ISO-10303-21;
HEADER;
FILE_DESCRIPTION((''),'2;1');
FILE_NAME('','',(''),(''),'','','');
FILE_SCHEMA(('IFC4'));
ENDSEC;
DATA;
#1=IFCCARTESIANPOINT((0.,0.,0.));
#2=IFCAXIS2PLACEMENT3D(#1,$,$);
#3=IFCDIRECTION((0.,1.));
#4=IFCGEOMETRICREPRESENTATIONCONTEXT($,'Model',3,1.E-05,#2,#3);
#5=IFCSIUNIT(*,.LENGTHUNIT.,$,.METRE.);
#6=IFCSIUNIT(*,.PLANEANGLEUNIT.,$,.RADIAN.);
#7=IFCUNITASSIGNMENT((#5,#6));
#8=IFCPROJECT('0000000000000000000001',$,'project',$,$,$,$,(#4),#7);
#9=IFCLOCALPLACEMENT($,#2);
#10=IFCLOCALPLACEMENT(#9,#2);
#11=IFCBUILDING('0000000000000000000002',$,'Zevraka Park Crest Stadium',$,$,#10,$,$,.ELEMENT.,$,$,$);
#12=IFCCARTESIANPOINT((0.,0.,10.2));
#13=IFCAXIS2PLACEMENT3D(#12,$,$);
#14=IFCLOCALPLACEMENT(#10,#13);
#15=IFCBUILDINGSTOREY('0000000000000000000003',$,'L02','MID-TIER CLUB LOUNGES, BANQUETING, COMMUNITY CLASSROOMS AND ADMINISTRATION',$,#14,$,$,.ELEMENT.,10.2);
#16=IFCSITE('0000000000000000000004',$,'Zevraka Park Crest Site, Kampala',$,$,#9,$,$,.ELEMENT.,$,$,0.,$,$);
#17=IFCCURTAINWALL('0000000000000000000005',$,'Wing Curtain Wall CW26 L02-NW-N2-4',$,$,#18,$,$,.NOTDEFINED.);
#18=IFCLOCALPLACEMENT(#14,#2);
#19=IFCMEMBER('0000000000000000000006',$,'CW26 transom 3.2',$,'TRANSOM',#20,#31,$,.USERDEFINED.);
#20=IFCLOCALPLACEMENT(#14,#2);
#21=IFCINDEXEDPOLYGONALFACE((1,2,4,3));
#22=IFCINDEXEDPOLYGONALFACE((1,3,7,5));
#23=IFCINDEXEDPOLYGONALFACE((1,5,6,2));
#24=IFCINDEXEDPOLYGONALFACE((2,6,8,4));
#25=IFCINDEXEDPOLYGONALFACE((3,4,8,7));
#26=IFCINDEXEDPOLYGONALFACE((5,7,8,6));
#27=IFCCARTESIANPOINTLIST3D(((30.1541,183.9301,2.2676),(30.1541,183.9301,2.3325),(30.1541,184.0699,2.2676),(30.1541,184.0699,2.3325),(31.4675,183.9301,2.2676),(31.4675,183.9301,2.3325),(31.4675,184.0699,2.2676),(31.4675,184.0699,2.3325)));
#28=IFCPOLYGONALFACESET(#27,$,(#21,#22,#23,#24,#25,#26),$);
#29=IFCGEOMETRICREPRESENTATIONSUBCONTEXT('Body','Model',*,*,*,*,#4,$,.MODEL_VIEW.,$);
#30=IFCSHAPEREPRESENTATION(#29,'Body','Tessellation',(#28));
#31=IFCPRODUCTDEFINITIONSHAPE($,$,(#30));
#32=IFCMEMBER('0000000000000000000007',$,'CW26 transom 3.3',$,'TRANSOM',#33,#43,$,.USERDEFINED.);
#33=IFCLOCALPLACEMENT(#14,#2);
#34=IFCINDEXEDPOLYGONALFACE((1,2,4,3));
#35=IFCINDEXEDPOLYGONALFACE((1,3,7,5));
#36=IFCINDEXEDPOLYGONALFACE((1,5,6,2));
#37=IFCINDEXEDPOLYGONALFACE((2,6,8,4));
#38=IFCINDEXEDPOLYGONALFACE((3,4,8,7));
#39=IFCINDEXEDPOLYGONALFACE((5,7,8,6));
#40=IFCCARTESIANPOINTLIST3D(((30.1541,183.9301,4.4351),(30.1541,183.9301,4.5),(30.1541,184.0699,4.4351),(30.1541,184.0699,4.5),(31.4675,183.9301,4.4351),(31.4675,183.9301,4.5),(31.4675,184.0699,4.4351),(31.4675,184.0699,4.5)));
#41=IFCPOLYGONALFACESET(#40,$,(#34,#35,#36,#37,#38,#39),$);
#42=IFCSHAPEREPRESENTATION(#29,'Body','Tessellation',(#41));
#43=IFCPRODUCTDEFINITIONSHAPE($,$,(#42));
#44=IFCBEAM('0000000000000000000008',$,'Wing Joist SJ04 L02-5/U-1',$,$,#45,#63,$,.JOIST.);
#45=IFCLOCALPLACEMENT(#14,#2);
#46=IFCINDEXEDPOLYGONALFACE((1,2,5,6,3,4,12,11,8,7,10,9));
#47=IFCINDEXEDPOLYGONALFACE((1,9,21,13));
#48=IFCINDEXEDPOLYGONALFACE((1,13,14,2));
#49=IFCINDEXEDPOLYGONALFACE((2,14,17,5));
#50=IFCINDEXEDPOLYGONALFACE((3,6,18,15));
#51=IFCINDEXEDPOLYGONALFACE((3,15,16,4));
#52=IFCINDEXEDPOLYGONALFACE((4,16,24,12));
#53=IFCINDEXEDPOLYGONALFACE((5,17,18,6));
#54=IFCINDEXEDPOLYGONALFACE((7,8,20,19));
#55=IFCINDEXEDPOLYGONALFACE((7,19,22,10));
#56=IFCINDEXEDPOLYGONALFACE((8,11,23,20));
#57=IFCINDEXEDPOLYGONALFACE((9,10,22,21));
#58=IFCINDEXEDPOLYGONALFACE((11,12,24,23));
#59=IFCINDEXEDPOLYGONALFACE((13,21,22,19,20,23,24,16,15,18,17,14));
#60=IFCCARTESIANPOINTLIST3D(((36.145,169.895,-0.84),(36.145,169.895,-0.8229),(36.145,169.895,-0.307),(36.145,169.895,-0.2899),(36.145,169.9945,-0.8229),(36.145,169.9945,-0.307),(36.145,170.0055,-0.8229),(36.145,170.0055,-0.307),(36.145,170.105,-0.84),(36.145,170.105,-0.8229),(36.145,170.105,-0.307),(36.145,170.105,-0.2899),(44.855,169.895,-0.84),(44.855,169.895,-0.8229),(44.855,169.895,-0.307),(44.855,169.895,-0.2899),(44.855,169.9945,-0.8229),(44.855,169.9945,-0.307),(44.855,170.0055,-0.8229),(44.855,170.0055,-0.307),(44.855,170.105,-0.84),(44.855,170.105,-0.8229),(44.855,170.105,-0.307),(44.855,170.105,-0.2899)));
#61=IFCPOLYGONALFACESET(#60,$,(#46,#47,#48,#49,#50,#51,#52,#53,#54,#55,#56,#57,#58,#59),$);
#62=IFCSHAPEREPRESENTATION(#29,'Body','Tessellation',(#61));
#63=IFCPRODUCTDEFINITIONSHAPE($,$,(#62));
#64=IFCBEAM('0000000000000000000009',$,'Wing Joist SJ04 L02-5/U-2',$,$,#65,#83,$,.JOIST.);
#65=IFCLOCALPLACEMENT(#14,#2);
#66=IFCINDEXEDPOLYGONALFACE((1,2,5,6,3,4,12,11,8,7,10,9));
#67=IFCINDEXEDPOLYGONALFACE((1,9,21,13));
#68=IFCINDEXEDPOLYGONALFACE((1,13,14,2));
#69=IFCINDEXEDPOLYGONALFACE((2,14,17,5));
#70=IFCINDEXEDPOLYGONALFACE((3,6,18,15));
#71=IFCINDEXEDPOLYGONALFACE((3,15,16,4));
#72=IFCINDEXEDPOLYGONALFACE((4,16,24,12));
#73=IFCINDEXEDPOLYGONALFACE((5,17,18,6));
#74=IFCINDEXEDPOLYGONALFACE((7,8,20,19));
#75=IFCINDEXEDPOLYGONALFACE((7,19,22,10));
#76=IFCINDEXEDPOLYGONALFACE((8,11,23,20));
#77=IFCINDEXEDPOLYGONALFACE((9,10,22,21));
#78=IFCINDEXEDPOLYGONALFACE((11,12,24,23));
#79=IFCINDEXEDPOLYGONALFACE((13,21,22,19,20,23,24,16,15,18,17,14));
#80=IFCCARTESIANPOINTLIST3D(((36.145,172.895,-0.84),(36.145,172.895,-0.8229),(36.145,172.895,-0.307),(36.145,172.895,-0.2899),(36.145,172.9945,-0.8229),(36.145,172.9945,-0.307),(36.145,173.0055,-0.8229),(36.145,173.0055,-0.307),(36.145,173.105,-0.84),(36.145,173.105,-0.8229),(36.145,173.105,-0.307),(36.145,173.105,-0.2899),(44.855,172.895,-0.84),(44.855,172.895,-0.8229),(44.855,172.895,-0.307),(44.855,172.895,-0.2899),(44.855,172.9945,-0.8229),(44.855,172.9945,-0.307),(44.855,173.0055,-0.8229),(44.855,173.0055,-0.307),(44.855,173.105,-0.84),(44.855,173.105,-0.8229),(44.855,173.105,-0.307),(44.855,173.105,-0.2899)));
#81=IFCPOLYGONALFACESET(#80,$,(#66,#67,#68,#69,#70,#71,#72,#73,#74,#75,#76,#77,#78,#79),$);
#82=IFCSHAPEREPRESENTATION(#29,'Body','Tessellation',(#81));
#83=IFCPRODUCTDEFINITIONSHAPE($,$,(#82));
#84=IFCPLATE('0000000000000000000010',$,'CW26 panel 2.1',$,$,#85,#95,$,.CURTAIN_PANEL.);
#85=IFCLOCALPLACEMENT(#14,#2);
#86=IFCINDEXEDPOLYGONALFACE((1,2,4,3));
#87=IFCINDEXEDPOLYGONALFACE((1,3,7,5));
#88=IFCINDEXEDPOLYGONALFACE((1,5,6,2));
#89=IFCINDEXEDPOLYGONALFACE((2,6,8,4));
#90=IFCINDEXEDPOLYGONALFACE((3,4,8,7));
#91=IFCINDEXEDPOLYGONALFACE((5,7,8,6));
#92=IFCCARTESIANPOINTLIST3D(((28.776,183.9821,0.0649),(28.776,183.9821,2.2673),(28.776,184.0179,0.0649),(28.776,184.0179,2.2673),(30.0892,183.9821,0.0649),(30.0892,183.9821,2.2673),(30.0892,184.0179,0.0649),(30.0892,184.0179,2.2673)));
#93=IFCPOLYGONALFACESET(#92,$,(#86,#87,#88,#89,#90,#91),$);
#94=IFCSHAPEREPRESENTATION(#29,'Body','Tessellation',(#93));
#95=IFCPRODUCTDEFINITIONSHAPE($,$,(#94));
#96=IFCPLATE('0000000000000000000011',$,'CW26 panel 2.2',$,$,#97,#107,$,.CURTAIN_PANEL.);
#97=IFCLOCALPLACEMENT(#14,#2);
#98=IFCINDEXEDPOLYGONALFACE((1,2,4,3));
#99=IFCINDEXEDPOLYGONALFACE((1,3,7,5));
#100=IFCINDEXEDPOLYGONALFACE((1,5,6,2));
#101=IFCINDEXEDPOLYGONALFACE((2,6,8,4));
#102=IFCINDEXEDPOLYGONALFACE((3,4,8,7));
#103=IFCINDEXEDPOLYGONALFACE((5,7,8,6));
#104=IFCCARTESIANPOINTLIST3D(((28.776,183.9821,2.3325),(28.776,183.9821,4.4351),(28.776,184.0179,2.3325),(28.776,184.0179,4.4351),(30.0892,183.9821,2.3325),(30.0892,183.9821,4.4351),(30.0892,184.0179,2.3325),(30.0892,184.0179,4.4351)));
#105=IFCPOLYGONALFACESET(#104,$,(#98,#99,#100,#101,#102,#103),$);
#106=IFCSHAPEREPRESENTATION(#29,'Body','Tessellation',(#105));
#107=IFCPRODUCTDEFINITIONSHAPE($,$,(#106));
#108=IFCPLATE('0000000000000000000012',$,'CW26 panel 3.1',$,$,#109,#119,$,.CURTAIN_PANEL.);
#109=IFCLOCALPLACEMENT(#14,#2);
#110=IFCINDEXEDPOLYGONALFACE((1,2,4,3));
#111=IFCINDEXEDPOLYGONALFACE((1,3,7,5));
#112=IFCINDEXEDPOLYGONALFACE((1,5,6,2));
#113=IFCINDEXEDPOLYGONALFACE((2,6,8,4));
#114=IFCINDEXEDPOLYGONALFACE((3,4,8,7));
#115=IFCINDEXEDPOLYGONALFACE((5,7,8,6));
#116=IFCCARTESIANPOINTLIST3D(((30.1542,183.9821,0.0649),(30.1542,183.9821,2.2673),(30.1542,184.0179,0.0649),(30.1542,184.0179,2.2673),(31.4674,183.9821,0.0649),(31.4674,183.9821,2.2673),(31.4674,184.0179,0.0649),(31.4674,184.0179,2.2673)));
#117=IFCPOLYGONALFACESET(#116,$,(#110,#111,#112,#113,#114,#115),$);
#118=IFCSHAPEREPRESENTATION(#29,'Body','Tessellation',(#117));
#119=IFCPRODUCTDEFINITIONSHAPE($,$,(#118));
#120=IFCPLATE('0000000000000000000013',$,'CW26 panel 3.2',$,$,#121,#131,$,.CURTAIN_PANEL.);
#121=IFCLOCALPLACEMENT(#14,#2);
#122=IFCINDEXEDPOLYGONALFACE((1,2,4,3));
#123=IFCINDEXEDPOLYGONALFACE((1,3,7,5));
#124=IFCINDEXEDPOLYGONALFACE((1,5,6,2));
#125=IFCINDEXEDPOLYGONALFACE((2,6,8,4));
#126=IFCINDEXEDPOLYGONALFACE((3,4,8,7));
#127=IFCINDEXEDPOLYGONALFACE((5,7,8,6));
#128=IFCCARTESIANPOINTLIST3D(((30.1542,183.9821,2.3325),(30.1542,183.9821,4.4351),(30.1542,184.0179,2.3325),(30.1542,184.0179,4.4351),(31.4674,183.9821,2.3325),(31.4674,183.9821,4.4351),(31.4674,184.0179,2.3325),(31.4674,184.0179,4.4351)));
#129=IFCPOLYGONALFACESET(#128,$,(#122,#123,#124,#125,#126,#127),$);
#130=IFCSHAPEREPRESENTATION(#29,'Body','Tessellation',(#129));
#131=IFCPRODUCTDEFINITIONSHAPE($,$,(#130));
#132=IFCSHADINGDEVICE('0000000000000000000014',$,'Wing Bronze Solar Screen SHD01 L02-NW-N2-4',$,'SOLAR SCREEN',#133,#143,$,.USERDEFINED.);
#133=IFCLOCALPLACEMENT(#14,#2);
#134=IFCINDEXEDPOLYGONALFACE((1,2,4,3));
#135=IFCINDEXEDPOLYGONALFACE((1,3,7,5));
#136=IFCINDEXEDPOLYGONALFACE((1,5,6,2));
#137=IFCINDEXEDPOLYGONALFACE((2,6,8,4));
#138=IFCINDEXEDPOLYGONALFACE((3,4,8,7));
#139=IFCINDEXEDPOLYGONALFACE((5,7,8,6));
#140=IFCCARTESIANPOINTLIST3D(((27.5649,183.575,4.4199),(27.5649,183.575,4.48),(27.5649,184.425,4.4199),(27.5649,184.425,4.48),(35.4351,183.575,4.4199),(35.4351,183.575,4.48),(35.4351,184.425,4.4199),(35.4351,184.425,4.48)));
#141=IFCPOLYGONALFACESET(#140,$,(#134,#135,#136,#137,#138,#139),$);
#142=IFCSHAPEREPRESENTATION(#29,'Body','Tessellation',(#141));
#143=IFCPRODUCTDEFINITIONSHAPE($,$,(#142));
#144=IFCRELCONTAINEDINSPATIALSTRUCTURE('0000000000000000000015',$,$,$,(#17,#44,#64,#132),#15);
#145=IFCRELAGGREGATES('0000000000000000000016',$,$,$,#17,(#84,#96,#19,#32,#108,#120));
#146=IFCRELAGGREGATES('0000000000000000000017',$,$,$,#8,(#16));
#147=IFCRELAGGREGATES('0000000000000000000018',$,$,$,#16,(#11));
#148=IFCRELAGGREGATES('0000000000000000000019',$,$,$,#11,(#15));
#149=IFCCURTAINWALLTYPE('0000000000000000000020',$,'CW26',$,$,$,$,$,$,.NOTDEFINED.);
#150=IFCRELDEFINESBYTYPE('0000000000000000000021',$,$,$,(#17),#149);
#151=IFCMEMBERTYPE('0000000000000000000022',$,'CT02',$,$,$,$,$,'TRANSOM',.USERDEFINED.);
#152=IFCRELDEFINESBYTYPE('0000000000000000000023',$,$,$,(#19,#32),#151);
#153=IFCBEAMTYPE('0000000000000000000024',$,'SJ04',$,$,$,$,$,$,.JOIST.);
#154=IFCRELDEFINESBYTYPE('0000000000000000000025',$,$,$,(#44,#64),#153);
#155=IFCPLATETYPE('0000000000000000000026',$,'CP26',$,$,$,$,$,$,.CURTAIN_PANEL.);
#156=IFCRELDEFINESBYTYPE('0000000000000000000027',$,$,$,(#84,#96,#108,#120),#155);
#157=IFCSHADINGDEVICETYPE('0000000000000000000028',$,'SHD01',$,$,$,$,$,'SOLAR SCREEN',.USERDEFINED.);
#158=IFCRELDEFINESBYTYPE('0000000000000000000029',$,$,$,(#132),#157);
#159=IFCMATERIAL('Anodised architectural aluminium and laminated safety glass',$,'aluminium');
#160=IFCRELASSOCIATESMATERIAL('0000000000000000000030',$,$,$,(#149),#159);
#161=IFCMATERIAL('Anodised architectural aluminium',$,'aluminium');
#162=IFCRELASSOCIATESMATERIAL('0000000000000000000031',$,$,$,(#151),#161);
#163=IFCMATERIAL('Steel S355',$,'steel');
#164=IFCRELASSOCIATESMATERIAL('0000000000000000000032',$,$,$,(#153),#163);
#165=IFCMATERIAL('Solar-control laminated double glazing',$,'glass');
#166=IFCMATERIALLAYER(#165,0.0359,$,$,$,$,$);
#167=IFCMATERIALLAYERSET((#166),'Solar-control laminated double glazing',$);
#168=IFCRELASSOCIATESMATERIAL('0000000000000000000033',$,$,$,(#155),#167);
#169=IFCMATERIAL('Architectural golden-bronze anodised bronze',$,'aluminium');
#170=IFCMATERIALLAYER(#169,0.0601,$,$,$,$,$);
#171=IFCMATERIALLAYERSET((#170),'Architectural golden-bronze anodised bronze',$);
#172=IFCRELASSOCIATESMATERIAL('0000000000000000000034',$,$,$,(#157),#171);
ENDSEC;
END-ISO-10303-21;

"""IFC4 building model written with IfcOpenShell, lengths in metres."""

from ifc_helpers import new_model, si_unit, direction, frame, origin, origin_2d, place, context, subcontext, project, spatial, rectangle, i_section, extrude, material, layer, layer_set, material_profile, profile_set, type_object, element, aggregate, save


model = new_model("IFC4")

# Units and contexts
model_context = context("Model", 3, precision=1e-05, world=origin(), true_north=direction((0.0, 1.0)))
body_context = subcontext(model_context, "Body", "Model", "MODEL_VIEW")
ifc_project = project(units=[si_unit("LENGTHUNIT", "METRE"), si_unit("PLANEANGLEUNIT", "RADIAN")], contexts=[model_context])

# Site, building, storey
site_placement = place(None, origin())
site = spatial("IfcSite", under=ifc_project, at=site_placement, Name="Zevraka Park Crest Site, Kampala", CompositionType="ELEMENT", RefElevation=0.0)
building_placement = place(site_placement, origin())
building = spatial("IfcBuilding", under=site, at=building_placement, Name="Zevraka Park Crest Stadium", CompositionType="ELEMENT")
storey_placement = place(building_placement, frame((0.0, 0.0, 10.2)))
storey = spatial("IfcBuildingStorey", under=building, at=storey_placement, Name="L02", Description="MID-TIER CLUB LOUNGES, BANQUETING, COMMUNITY CLASSROOMS AND ADMINISTRATION", CompositionType="ELEMENT", Elevation=10.2)

# Curtain wall, members
ifc_material_1 = material(Name="Anodised architectural aluminium and laminated safety glass", Category="aluminium")
curtain_wall_type = type_object("IfcCurtainWallType", Name="CW26", PredefinedType="NOTDEFINED", material=ifc_material_1)
curtain_wall_placement = place(storey_placement, origin())
curtain_wall = element("IfcCurtainWall", 1, at=curtain_wall_placement, inside=storey, type_object=curtain_wall_type, Name="Wing Curtain Wall CW26 L02-NW-N2-4", PredefinedType="NOTDEFINED")
ifc_material_2 = material(Name="Anodised architectural aluminium", Category="aluminium")
ifc_material_profile_1 = material_profile(ifc_material_2, rectangle(XDim=0.1399, YDim=0.0649, at=origin_2d()), Name="ALU TRANSOM 140x65")
ifc_profile_set_1 = profile_set([ifc_material_profile_1], Name="Anodised architectural aluminium")
member_type_1 = type_object("IfcMemberType", Name="CT02", ElementType="TRANSOM", PredefinedType="USERDEFINED", material=ifc_profile_set_1)
member_1_placement = place(storey_placement, frame((30.1541, 184.0, 2.3), z_axis=(1.0, 0.0, 0.0), x_axis=(0.0, 1.0, 0.0)))
member_1 = element("IfcMember", 2, at=member_1_placement, type_object=member_type_1, Name="CW26 transom 3.2", ObjectType="TRANSOM", PredefinedType="USERDEFINED", context=body_context, shape_type="SweptSolid", body=[
    extrude(rectangle(XDim=0.1399, YDim=0.0649, at=origin_2d()), origin(), (0.0, 0.0, 1.0), 1.3135),
])
member_2_placement = place(storey_placement, frame((30.1541, 184.0, 4.4675), z_axis=(1.0, 0.0, 0.0), x_axis=(0.0, 1.0, 0.0)))
member_2 = element("IfcMember", 3, at=member_2_placement, type_object=member_type_1, Name="CW26 transom 3.3", ObjectType="TRANSOM", PredefinedType="USERDEFINED", context=body_context, shape_type="SweptSolid", body=[
    extrude(rectangle(XDim=0.1399, YDim=0.0649, at=origin_2d()), origin(), (0.0, 0.0, 1.0), 1.3135),
])

# Beams
ifc_material_3 = material(Name="Steel S355", Category="steel")
ifc_material_profile_2 = material_profile(ifc_material_3, i_section(OverallWidth=0.21, OverallDepth=0.55, WebThickness=0.011, FlangeThickness=0.0171, at=origin_2d()), Name="IPE 550")
ifc_profile_set_2 = profile_set([ifc_material_profile_2], Name="Steel S355")
beam_type_1 = type_object("IfcBeamType", Name="SJ04", PredefinedType="JOIST", material=ifc_profile_set_2)
for number, where, z_axis, x_axis, name in (
    (4, (36.145, 170.0, -0.5649), (1.0, 0.0, 0.0), (0.0, 1.0, 0.0), "Wing Joist SJ04 L02-5/U-1"),
    (5, (36.145, 173.0, -0.5649), (1.0, 0.0, 0.0), (0.0, 1.0, 0.0), "Wing Joist SJ04 L02-5/U-2"),
):
    element("IfcBeam", number, at=place(storey_placement, frame(where, z_axis=z_axis, x_axis=x_axis)), inside=storey, type_object=beam_type_1, Name=name, PredefinedType="JOIST", context=body_context, shape_type="SweptSolid", body=[
        extrude(i_section(OverallWidth=0.21, OverallDepth=0.55, WebThickness=0.011, FlangeThickness=0.0171, at=origin_2d()), origin(), (0.0, 0.0, 1.0), 8.71),
    ])

# Plates
ifc_material_4 = material(Name="Solar-control laminated double glazing", Category="glass")
ifc_layer_1 = layer(ifc_material_4, 0.0359)
ifc_layer_set_1 = layer_set([ifc_layer_1], Name="Solar-control laminated double glazing")
plate_type = type_object("IfcPlateType", Name="CP26", PredefinedType="CURTAIN_PANEL", material=ifc_layer_set_1)
plate_1_placement = place(storey_placement, frame((29.4326, 184.0, 0.0649), z_axis=(0.0, 0.0, 1.0), x_axis=(1.0, 0.0, 0.0)))
plate_1 = element("IfcPlate", 6, at=plate_1_placement, type_object=plate_type, Name="CW26 panel 2.1", PredefinedType="CURTAIN_PANEL", context=body_context, shape_type="SweptSolid", body=[
    extrude(rectangle(XDim=1.3132, YDim=0.0359, at=origin_2d()), origin(), (0.0, 0.0, 1.0), 2.2024),
])
plate_2_placement = place(storey_placement, frame((29.4326, 184.0, 2.3325), z_axis=(0.0, 0.0, 1.0), x_axis=(1.0, 0.0, 0.0)))
plate_2 = element("IfcPlate", 7, at=plate_2_placement, type_object=plate_type, Name="CW26 panel 2.2", PredefinedType="CURTAIN_PANEL", context=body_context, shape_type="SweptSolid", body=[
    extrude(rectangle(XDim=1.3132, YDim=0.0359, at=origin_2d()), origin(), (0.0, 0.0, 1.0), 2.1025),
])
plate_3_placement = place(storey_placement, frame((30.8108, 184.0, 0.0649), z_axis=(0.0, 0.0, 1.0), x_axis=(1.0, 0.0, 0.0)))
plate_3 = element("IfcPlate", 8, at=plate_3_placement, type_object=plate_type, Name="CW26 panel 3.1", PredefinedType="CURTAIN_PANEL", context=body_context, shape_type="SweptSolid", body=[
    extrude(rectangle(XDim=1.3132, YDim=0.0359, at=origin_2d()), origin(), (0.0, 0.0, 1.0), 2.2024),
])
plate_4_placement = place(storey_placement, frame((30.8108, 184.0, 2.3325), z_axis=(0.0, 0.0, 1.0), x_axis=(1.0, 0.0, 0.0)))
plate_4 = element("IfcPlate", 9, at=plate_4_placement, type_object=plate_type, Name="CW26 panel 3.2", PredefinedType="CURTAIN_PANEL", context=body_context, shape_type="SweptSolid", body=[
    extrude(rectangle(XDim=1.3132, YDim=0.0359, at=origin_2d()), origin(), (0.0, 0.0, 1.0), 2.1025),
])
aggregate(curtain_wall, [plate_1, plate_2, member_1, member_2, plate_3, plate_4])

# Shading device
ifc_material_5 = material(Name="Architectural golden-bronze anodised bronze", Category="aluminium")
ifc_layer_2 = layer(ifc_material_5, 0.0601)
ifc_layer_set_2 = layer_set([ifc_layer_2], Name="Architectural golden-bronze anodised bronze")
shading_device_type = type_object("IfcShadingDeviceType", Name="SHD01", ElementType="SOLAR SCREEN", PredefinedType="USERDEFINED", material=ifc_layer_set_2)
shading_device_placement = place(storey_placement, frame((31.5, 184.0, 4.4199), z_axis=(0.0, 0.0, 1.0), x_axis=(1.0, 0.0, 0.0)))
element("IfcShadingDevice", 10, at=shading_device_placement, inside=storey, type_object=shading_device_type, Name="Wing Bronze Solar Screen SHD01 L02-NW-N2-4", ObjectType="SOLAR SCREEN", PredefinedType="USERDEFINED", context=body_context, shape_type="SweptSolid", body=[
    extrude(rectangle(XDim=7.8701, YDim=0.8501, at=origin_2d()), origin(), (0.0, 0.0, 1.0), 0.0601),
])

save(model, "model.ifc")
